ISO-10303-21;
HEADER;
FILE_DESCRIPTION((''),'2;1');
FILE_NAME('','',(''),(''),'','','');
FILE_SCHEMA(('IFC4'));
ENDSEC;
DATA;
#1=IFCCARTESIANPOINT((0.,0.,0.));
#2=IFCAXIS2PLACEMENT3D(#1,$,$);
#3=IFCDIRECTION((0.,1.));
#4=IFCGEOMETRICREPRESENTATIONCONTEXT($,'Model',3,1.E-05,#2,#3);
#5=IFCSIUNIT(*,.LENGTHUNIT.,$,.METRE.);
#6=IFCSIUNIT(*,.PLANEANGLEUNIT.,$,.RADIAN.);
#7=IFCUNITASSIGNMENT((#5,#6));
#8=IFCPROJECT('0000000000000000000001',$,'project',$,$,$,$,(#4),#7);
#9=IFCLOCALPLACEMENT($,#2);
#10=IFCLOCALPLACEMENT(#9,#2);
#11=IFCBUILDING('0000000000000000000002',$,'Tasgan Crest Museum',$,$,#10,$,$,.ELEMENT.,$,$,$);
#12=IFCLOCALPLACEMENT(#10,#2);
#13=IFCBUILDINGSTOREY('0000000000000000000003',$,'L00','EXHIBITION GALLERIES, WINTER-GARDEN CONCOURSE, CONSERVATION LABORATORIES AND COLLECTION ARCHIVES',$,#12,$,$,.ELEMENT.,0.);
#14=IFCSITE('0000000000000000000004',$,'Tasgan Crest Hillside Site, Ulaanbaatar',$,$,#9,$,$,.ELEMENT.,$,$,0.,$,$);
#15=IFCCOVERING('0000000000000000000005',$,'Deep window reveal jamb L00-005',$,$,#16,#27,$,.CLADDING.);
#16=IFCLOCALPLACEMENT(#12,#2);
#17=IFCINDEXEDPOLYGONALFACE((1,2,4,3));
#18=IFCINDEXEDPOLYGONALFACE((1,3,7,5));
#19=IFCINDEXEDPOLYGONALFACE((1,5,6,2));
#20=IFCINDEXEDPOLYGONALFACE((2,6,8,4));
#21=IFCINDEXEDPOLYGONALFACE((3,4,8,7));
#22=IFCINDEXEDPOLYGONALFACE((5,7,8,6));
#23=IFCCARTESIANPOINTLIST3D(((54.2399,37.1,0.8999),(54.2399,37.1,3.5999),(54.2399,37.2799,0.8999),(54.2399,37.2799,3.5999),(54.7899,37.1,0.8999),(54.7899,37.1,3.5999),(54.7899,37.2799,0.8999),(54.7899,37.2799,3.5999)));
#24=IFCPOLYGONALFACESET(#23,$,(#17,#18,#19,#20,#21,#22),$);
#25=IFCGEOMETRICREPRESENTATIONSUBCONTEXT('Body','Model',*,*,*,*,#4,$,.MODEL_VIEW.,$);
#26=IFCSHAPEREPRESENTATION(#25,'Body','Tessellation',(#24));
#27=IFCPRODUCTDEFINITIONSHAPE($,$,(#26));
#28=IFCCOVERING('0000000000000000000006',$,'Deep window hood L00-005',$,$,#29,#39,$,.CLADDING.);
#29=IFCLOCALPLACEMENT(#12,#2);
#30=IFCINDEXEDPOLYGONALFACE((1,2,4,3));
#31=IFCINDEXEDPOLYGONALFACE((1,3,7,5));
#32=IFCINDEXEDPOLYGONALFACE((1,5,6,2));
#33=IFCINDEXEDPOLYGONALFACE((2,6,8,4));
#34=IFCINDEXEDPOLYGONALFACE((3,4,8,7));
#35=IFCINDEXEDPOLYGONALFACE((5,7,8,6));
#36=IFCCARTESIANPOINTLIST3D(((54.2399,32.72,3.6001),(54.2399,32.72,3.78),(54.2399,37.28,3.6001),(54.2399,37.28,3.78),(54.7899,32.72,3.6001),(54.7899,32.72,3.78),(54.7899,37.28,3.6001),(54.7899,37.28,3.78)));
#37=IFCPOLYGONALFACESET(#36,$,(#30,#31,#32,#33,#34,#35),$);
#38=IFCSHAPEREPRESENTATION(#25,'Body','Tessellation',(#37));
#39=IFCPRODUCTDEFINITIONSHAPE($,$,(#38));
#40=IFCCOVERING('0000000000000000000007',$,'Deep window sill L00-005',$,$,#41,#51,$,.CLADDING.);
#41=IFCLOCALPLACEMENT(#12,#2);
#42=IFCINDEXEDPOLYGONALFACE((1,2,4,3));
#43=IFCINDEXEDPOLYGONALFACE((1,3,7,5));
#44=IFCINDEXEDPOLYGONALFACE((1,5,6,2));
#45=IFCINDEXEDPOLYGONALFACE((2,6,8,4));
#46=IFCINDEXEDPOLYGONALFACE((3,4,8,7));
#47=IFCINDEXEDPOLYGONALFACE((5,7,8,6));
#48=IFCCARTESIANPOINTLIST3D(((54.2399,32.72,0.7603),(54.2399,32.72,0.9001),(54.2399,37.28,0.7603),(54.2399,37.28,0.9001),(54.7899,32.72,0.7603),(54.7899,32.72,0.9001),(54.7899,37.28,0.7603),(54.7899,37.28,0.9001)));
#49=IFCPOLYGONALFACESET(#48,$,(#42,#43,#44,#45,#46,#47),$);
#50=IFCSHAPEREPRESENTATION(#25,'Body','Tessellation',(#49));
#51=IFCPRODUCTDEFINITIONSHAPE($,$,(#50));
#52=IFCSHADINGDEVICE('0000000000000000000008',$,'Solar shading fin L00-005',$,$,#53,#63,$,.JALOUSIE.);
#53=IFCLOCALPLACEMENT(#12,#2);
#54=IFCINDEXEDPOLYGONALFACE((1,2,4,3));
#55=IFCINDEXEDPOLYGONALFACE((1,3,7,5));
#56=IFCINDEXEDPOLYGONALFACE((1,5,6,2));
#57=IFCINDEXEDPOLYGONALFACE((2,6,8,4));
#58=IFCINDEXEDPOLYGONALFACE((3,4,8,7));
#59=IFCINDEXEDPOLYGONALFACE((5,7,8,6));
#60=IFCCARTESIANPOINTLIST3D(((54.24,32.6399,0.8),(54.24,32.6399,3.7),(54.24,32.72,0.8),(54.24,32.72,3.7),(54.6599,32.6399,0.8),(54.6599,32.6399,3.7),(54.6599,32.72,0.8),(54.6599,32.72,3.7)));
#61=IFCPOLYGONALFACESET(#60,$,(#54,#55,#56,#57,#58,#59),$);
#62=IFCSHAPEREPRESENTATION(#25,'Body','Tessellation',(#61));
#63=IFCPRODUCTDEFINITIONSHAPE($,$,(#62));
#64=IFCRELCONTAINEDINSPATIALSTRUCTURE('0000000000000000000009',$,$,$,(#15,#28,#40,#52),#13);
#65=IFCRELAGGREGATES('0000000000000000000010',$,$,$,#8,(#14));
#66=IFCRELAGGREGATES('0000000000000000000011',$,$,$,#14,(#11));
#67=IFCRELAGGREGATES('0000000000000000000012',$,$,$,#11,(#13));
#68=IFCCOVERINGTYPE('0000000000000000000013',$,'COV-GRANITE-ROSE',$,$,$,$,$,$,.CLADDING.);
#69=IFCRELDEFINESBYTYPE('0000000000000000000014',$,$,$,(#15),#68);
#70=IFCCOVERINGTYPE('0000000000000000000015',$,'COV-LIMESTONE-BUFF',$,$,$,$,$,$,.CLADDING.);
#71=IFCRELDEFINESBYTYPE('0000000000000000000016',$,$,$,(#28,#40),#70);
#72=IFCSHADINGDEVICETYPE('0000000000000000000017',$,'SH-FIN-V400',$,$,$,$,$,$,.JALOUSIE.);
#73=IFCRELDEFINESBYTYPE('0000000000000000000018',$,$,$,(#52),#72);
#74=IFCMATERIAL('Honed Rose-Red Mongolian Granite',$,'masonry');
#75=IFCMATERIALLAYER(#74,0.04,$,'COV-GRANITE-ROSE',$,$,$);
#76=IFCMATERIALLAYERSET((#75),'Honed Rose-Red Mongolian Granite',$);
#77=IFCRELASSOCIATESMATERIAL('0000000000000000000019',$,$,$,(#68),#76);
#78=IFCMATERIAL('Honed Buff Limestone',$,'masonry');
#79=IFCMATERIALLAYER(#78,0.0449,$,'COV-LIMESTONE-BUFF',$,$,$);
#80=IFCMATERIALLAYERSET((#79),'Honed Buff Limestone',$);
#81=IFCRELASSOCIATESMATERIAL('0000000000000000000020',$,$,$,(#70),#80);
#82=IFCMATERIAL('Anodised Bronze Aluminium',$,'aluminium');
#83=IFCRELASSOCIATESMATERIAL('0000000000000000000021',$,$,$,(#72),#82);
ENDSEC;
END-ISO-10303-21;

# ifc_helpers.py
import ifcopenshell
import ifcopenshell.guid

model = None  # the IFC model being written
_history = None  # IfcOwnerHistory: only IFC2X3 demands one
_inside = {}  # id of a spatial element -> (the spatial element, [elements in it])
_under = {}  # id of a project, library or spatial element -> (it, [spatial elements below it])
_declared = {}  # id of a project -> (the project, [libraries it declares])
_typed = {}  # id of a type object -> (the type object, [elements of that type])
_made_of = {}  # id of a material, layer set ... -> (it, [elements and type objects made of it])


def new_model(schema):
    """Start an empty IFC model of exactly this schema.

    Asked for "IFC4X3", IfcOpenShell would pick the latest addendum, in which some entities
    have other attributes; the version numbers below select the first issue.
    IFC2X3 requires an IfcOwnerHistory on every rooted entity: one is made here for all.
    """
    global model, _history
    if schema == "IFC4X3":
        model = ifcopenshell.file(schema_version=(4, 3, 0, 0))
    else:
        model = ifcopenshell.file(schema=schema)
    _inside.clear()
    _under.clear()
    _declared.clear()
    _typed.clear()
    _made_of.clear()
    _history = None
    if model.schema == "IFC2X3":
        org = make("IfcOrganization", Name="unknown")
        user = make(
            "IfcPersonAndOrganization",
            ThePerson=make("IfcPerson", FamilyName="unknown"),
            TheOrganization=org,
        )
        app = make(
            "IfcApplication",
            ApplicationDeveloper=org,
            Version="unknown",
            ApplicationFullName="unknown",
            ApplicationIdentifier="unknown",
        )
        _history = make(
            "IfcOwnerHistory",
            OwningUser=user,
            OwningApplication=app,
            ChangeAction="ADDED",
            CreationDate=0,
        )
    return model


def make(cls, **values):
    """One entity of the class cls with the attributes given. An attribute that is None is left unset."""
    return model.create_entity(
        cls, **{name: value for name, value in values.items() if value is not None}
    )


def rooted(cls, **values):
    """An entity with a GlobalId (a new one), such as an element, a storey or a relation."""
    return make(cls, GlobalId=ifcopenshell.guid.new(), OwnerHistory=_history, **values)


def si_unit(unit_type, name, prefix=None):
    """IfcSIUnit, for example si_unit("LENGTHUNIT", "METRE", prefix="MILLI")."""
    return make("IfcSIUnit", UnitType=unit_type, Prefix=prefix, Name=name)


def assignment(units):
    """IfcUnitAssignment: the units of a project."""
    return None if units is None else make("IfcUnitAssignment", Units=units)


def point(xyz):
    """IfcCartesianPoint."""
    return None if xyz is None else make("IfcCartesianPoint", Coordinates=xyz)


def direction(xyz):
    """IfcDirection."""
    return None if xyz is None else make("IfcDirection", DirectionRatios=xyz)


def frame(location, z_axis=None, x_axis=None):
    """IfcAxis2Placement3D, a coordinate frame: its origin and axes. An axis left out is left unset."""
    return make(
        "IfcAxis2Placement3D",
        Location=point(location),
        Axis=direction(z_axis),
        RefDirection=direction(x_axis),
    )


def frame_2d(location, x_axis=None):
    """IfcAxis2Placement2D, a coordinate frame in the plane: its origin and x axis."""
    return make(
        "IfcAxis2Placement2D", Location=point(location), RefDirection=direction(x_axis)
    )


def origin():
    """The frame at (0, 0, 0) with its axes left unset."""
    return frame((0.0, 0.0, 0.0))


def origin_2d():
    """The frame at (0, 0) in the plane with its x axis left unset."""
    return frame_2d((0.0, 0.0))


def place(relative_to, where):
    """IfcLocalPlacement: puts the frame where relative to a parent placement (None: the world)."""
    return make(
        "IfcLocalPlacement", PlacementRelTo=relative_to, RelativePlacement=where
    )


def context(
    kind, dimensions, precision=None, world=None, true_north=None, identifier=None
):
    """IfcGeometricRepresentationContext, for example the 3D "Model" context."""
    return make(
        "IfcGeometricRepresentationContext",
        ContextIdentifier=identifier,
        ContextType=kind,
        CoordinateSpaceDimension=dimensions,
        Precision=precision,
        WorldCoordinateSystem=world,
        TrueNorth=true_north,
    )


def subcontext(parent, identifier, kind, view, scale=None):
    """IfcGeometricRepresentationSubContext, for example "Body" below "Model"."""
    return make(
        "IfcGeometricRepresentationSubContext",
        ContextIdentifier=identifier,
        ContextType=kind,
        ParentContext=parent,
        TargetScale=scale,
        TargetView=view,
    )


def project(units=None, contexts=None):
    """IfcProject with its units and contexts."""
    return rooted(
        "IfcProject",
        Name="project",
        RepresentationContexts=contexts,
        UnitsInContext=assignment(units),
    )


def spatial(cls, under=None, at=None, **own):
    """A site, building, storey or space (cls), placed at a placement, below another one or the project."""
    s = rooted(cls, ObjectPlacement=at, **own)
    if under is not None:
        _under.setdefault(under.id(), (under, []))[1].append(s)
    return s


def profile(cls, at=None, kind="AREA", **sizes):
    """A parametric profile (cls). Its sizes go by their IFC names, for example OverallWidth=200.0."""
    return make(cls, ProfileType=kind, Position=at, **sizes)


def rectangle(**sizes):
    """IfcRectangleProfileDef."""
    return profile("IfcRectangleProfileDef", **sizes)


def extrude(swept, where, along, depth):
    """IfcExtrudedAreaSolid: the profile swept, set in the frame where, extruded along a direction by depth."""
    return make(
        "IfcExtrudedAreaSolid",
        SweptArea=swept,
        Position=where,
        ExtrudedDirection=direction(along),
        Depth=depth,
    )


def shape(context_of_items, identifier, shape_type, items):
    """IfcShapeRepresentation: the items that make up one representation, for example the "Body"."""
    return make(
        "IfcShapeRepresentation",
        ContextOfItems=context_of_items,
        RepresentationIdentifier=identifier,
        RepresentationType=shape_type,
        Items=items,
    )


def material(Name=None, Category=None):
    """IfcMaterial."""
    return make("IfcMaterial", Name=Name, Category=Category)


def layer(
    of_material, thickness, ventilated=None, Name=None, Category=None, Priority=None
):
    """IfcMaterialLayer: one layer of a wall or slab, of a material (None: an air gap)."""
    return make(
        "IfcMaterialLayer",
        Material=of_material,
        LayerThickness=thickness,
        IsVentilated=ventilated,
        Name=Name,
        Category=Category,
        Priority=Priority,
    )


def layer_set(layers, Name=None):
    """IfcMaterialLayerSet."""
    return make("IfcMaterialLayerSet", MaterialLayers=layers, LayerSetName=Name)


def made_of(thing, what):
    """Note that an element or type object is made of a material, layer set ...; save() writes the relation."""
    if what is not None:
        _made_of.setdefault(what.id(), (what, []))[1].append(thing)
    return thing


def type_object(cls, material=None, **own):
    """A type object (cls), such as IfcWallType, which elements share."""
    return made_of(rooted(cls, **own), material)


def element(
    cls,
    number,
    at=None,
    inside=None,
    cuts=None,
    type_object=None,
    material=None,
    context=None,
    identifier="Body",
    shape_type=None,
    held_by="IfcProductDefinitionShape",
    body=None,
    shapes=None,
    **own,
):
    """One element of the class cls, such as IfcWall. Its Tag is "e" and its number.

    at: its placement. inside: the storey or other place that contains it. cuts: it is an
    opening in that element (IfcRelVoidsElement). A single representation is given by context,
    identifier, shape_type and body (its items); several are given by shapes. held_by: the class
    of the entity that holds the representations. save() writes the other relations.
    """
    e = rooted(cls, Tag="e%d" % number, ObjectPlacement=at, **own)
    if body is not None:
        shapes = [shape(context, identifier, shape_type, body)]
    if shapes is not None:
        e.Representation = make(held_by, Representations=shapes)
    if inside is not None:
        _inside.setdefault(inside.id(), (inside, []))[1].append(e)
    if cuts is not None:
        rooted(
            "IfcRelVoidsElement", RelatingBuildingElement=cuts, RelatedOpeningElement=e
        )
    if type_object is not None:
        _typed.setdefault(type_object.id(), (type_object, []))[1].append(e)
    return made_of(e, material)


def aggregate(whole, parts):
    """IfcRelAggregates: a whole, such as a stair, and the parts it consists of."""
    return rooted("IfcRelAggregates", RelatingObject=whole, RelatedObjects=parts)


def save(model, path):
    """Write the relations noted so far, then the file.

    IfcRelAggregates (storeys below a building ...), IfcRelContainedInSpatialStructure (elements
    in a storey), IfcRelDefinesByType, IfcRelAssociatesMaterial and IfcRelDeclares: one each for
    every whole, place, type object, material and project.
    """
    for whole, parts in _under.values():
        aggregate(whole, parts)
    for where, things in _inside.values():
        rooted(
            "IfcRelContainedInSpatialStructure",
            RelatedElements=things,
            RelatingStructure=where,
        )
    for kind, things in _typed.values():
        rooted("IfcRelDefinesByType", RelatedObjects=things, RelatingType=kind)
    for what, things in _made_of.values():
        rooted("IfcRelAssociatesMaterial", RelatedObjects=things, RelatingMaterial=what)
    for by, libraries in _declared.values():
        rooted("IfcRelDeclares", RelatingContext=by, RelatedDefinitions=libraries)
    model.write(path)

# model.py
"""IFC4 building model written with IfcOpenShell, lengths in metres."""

from ifc_helpers import new_model, si_unit, direction, frame, origin, origin_2d, place, context, subcontext, project, spatial, rectangle, extrude, material, layer, layer_set, type_object, element, save


model = new_model("IFC4")

# Units and contexts
model_context = context("Model", 3, precision=1e-05, world=origin(), true_north=direction((0.0, 1.0)))
body_context = subcontext(model_context, "Body", "Model", "MODEL_VIEW")
ifc_project = project(units=[si_unit("LENGTHUNIT", "METRE"), si_unit("PLANEANGLEUNIT", "RADIAN")], contexts=[model_context])

# Site, building, storey
site_placement = place(None, origin())
site = spatial("IfcSite", under=ifc_project, at=site_placement, Name="Tasgan Crest Hillside Site, Ulaanbaatar", CompositionType="ELEMENT", RefElevation=0.0)
building_placement = place(site_placement, origin())
building = spatial("IfcBuilding", under=site, at=building_placement, Name="Tasgan Crest Museum", CompositionType="ELEMENT")
storey_placement = place(building_placement, origin())
storey = spatial("IfcBuildingStorey", under=building, at=storey_placement, Name="L00", Description="EXHIBITION GALLERIES, WINTER-GARDEN CONCOURSE, CONSERVATION LABORATORIES AND COLLECTION ARCHIVES", CompositionType="ELEMENT", Elevation=0.0)

# Coverings
ifc_material_1 = material(Name="Honed Rose-Red Mongolian Granite", Category="masonry")
ifc_layer_1 = layer(ifc_material_1, 0.04, Name="COV-GRANITE-ROSE")
ifc_layer_set_1 = layer_set([ifc_layer_1], Name="Honed Rose-Red Mongolian Granite")
covering_type_1 = type_object("IfcCoveringType", Name="COV-GRANITE-ROSE", PredefinedType="CLADDING", material=ifc_layer_set_1)
for number, where, z_axis, x_axis, name in (
    (1, (54.5149, 37.1899, 0.8999), (0.0, 0.0, 1.0), (0.0, 1.0, 0.0), "Deep window reveal jamb L00-005"),
):
    element("IfcCovering", number, at=place(storey_placement, frame(where, z_axis=z_axis, x_axis=x_axis)), inside=storey, type_object=covering_type_1, Name=name, PredefinedType="CLADDING", context=body_context, shape_type="SweptSolid", body=[
        extrude(rectangle(XDim=0.1799, YDim=0.55, at=origin_2d()), origin(), (0.0, 0.0, 1.0), 2.7),
    ])
ifc_material_2 = material(Name="Honed Buff Limestone", Category="masonry")
ifc_layer_2 = layer(ifc_material_2, 0.0449, Name="COV-LIMESTONE-BUFF")
ifc_layer_set_2 = layer_set([ifc_layer_2], Name="Honed Buff Limestone")
covering_type_2 = type_object("IfcCoveringType", Name="COV-LIMESTONE-BUFF", PredefinedType="CLADDING", material=ifc_layer_set_2)
covering_1_placement = place(storey_placement, frame((54.5149, 35.0, 3.6001), z_axis=(0.0, 0.0, 1.0), x_axis=(0.0, 1.0, 0.0)))
element("IfcCovering", 2, at=covering_1_placement, inside=storey, type_object=covering_type_2, Name="Deep window hood L00-005", PredefinedType="CLADDING", context=body_context, shape_type="SweptSolid", body=[
    extrude(rectangle(XDim=4.5601, YDim=0.55, at=origin_2d()), origin(), (0.0, 0.0, 1.0), 0.1799),
])
covering_2_placement = place(storey_placement, frame((54.5149, 35.0, 0.7603), z_axis=(0.0, 0.0, 1.0), x_axis=(0.0, 1.0, 0.0)))
element("IfcCovering", 3, at=covering_2_placement, inside=storey, type_object=covering_type_2, Name="Deep window sill L00-005", PredefinedType="CLADDING", context=body_context, shape_type="SweptSolid", body=[
    extrude(rectangle(XDim=4.5601, YDim=0.55, at=origin_2d()), origin(), (0.0, 0.0, 1.0), 0.1399),
])

# Shading device
ifc_material_3 = material(Name="Anodised Bronze Aluminium", Category="aluminium")
shading_device_type = type_object("IfcShadingDeviceType", Name="SH-FIN-V400", PredefinedType="JALOUSIE", material=ifc_material_3)
shading_device_placement = place(storey_placement, frame((54.45, 32.6799, 0.8), z_axis=(0.0, 0.0, 1.0), x_axis=(0.0, 1.0, 0.0)))
element("IfcShadingDevice", 4, at=shading_device_placement, inside=storey, type_object=shading_device_type, Name="Solar shading fin L00-005", PredefinedType="JALOUSIE", context=body_context, shape_type="SweptSolid", body=[
    extrude(rectangle(XDim=0.0801, YDim=0.4199, at=origin_2d()), origin(), (0.0, 0.0, 1.0), 2.8999),
])

save(model, "model.ifc")
